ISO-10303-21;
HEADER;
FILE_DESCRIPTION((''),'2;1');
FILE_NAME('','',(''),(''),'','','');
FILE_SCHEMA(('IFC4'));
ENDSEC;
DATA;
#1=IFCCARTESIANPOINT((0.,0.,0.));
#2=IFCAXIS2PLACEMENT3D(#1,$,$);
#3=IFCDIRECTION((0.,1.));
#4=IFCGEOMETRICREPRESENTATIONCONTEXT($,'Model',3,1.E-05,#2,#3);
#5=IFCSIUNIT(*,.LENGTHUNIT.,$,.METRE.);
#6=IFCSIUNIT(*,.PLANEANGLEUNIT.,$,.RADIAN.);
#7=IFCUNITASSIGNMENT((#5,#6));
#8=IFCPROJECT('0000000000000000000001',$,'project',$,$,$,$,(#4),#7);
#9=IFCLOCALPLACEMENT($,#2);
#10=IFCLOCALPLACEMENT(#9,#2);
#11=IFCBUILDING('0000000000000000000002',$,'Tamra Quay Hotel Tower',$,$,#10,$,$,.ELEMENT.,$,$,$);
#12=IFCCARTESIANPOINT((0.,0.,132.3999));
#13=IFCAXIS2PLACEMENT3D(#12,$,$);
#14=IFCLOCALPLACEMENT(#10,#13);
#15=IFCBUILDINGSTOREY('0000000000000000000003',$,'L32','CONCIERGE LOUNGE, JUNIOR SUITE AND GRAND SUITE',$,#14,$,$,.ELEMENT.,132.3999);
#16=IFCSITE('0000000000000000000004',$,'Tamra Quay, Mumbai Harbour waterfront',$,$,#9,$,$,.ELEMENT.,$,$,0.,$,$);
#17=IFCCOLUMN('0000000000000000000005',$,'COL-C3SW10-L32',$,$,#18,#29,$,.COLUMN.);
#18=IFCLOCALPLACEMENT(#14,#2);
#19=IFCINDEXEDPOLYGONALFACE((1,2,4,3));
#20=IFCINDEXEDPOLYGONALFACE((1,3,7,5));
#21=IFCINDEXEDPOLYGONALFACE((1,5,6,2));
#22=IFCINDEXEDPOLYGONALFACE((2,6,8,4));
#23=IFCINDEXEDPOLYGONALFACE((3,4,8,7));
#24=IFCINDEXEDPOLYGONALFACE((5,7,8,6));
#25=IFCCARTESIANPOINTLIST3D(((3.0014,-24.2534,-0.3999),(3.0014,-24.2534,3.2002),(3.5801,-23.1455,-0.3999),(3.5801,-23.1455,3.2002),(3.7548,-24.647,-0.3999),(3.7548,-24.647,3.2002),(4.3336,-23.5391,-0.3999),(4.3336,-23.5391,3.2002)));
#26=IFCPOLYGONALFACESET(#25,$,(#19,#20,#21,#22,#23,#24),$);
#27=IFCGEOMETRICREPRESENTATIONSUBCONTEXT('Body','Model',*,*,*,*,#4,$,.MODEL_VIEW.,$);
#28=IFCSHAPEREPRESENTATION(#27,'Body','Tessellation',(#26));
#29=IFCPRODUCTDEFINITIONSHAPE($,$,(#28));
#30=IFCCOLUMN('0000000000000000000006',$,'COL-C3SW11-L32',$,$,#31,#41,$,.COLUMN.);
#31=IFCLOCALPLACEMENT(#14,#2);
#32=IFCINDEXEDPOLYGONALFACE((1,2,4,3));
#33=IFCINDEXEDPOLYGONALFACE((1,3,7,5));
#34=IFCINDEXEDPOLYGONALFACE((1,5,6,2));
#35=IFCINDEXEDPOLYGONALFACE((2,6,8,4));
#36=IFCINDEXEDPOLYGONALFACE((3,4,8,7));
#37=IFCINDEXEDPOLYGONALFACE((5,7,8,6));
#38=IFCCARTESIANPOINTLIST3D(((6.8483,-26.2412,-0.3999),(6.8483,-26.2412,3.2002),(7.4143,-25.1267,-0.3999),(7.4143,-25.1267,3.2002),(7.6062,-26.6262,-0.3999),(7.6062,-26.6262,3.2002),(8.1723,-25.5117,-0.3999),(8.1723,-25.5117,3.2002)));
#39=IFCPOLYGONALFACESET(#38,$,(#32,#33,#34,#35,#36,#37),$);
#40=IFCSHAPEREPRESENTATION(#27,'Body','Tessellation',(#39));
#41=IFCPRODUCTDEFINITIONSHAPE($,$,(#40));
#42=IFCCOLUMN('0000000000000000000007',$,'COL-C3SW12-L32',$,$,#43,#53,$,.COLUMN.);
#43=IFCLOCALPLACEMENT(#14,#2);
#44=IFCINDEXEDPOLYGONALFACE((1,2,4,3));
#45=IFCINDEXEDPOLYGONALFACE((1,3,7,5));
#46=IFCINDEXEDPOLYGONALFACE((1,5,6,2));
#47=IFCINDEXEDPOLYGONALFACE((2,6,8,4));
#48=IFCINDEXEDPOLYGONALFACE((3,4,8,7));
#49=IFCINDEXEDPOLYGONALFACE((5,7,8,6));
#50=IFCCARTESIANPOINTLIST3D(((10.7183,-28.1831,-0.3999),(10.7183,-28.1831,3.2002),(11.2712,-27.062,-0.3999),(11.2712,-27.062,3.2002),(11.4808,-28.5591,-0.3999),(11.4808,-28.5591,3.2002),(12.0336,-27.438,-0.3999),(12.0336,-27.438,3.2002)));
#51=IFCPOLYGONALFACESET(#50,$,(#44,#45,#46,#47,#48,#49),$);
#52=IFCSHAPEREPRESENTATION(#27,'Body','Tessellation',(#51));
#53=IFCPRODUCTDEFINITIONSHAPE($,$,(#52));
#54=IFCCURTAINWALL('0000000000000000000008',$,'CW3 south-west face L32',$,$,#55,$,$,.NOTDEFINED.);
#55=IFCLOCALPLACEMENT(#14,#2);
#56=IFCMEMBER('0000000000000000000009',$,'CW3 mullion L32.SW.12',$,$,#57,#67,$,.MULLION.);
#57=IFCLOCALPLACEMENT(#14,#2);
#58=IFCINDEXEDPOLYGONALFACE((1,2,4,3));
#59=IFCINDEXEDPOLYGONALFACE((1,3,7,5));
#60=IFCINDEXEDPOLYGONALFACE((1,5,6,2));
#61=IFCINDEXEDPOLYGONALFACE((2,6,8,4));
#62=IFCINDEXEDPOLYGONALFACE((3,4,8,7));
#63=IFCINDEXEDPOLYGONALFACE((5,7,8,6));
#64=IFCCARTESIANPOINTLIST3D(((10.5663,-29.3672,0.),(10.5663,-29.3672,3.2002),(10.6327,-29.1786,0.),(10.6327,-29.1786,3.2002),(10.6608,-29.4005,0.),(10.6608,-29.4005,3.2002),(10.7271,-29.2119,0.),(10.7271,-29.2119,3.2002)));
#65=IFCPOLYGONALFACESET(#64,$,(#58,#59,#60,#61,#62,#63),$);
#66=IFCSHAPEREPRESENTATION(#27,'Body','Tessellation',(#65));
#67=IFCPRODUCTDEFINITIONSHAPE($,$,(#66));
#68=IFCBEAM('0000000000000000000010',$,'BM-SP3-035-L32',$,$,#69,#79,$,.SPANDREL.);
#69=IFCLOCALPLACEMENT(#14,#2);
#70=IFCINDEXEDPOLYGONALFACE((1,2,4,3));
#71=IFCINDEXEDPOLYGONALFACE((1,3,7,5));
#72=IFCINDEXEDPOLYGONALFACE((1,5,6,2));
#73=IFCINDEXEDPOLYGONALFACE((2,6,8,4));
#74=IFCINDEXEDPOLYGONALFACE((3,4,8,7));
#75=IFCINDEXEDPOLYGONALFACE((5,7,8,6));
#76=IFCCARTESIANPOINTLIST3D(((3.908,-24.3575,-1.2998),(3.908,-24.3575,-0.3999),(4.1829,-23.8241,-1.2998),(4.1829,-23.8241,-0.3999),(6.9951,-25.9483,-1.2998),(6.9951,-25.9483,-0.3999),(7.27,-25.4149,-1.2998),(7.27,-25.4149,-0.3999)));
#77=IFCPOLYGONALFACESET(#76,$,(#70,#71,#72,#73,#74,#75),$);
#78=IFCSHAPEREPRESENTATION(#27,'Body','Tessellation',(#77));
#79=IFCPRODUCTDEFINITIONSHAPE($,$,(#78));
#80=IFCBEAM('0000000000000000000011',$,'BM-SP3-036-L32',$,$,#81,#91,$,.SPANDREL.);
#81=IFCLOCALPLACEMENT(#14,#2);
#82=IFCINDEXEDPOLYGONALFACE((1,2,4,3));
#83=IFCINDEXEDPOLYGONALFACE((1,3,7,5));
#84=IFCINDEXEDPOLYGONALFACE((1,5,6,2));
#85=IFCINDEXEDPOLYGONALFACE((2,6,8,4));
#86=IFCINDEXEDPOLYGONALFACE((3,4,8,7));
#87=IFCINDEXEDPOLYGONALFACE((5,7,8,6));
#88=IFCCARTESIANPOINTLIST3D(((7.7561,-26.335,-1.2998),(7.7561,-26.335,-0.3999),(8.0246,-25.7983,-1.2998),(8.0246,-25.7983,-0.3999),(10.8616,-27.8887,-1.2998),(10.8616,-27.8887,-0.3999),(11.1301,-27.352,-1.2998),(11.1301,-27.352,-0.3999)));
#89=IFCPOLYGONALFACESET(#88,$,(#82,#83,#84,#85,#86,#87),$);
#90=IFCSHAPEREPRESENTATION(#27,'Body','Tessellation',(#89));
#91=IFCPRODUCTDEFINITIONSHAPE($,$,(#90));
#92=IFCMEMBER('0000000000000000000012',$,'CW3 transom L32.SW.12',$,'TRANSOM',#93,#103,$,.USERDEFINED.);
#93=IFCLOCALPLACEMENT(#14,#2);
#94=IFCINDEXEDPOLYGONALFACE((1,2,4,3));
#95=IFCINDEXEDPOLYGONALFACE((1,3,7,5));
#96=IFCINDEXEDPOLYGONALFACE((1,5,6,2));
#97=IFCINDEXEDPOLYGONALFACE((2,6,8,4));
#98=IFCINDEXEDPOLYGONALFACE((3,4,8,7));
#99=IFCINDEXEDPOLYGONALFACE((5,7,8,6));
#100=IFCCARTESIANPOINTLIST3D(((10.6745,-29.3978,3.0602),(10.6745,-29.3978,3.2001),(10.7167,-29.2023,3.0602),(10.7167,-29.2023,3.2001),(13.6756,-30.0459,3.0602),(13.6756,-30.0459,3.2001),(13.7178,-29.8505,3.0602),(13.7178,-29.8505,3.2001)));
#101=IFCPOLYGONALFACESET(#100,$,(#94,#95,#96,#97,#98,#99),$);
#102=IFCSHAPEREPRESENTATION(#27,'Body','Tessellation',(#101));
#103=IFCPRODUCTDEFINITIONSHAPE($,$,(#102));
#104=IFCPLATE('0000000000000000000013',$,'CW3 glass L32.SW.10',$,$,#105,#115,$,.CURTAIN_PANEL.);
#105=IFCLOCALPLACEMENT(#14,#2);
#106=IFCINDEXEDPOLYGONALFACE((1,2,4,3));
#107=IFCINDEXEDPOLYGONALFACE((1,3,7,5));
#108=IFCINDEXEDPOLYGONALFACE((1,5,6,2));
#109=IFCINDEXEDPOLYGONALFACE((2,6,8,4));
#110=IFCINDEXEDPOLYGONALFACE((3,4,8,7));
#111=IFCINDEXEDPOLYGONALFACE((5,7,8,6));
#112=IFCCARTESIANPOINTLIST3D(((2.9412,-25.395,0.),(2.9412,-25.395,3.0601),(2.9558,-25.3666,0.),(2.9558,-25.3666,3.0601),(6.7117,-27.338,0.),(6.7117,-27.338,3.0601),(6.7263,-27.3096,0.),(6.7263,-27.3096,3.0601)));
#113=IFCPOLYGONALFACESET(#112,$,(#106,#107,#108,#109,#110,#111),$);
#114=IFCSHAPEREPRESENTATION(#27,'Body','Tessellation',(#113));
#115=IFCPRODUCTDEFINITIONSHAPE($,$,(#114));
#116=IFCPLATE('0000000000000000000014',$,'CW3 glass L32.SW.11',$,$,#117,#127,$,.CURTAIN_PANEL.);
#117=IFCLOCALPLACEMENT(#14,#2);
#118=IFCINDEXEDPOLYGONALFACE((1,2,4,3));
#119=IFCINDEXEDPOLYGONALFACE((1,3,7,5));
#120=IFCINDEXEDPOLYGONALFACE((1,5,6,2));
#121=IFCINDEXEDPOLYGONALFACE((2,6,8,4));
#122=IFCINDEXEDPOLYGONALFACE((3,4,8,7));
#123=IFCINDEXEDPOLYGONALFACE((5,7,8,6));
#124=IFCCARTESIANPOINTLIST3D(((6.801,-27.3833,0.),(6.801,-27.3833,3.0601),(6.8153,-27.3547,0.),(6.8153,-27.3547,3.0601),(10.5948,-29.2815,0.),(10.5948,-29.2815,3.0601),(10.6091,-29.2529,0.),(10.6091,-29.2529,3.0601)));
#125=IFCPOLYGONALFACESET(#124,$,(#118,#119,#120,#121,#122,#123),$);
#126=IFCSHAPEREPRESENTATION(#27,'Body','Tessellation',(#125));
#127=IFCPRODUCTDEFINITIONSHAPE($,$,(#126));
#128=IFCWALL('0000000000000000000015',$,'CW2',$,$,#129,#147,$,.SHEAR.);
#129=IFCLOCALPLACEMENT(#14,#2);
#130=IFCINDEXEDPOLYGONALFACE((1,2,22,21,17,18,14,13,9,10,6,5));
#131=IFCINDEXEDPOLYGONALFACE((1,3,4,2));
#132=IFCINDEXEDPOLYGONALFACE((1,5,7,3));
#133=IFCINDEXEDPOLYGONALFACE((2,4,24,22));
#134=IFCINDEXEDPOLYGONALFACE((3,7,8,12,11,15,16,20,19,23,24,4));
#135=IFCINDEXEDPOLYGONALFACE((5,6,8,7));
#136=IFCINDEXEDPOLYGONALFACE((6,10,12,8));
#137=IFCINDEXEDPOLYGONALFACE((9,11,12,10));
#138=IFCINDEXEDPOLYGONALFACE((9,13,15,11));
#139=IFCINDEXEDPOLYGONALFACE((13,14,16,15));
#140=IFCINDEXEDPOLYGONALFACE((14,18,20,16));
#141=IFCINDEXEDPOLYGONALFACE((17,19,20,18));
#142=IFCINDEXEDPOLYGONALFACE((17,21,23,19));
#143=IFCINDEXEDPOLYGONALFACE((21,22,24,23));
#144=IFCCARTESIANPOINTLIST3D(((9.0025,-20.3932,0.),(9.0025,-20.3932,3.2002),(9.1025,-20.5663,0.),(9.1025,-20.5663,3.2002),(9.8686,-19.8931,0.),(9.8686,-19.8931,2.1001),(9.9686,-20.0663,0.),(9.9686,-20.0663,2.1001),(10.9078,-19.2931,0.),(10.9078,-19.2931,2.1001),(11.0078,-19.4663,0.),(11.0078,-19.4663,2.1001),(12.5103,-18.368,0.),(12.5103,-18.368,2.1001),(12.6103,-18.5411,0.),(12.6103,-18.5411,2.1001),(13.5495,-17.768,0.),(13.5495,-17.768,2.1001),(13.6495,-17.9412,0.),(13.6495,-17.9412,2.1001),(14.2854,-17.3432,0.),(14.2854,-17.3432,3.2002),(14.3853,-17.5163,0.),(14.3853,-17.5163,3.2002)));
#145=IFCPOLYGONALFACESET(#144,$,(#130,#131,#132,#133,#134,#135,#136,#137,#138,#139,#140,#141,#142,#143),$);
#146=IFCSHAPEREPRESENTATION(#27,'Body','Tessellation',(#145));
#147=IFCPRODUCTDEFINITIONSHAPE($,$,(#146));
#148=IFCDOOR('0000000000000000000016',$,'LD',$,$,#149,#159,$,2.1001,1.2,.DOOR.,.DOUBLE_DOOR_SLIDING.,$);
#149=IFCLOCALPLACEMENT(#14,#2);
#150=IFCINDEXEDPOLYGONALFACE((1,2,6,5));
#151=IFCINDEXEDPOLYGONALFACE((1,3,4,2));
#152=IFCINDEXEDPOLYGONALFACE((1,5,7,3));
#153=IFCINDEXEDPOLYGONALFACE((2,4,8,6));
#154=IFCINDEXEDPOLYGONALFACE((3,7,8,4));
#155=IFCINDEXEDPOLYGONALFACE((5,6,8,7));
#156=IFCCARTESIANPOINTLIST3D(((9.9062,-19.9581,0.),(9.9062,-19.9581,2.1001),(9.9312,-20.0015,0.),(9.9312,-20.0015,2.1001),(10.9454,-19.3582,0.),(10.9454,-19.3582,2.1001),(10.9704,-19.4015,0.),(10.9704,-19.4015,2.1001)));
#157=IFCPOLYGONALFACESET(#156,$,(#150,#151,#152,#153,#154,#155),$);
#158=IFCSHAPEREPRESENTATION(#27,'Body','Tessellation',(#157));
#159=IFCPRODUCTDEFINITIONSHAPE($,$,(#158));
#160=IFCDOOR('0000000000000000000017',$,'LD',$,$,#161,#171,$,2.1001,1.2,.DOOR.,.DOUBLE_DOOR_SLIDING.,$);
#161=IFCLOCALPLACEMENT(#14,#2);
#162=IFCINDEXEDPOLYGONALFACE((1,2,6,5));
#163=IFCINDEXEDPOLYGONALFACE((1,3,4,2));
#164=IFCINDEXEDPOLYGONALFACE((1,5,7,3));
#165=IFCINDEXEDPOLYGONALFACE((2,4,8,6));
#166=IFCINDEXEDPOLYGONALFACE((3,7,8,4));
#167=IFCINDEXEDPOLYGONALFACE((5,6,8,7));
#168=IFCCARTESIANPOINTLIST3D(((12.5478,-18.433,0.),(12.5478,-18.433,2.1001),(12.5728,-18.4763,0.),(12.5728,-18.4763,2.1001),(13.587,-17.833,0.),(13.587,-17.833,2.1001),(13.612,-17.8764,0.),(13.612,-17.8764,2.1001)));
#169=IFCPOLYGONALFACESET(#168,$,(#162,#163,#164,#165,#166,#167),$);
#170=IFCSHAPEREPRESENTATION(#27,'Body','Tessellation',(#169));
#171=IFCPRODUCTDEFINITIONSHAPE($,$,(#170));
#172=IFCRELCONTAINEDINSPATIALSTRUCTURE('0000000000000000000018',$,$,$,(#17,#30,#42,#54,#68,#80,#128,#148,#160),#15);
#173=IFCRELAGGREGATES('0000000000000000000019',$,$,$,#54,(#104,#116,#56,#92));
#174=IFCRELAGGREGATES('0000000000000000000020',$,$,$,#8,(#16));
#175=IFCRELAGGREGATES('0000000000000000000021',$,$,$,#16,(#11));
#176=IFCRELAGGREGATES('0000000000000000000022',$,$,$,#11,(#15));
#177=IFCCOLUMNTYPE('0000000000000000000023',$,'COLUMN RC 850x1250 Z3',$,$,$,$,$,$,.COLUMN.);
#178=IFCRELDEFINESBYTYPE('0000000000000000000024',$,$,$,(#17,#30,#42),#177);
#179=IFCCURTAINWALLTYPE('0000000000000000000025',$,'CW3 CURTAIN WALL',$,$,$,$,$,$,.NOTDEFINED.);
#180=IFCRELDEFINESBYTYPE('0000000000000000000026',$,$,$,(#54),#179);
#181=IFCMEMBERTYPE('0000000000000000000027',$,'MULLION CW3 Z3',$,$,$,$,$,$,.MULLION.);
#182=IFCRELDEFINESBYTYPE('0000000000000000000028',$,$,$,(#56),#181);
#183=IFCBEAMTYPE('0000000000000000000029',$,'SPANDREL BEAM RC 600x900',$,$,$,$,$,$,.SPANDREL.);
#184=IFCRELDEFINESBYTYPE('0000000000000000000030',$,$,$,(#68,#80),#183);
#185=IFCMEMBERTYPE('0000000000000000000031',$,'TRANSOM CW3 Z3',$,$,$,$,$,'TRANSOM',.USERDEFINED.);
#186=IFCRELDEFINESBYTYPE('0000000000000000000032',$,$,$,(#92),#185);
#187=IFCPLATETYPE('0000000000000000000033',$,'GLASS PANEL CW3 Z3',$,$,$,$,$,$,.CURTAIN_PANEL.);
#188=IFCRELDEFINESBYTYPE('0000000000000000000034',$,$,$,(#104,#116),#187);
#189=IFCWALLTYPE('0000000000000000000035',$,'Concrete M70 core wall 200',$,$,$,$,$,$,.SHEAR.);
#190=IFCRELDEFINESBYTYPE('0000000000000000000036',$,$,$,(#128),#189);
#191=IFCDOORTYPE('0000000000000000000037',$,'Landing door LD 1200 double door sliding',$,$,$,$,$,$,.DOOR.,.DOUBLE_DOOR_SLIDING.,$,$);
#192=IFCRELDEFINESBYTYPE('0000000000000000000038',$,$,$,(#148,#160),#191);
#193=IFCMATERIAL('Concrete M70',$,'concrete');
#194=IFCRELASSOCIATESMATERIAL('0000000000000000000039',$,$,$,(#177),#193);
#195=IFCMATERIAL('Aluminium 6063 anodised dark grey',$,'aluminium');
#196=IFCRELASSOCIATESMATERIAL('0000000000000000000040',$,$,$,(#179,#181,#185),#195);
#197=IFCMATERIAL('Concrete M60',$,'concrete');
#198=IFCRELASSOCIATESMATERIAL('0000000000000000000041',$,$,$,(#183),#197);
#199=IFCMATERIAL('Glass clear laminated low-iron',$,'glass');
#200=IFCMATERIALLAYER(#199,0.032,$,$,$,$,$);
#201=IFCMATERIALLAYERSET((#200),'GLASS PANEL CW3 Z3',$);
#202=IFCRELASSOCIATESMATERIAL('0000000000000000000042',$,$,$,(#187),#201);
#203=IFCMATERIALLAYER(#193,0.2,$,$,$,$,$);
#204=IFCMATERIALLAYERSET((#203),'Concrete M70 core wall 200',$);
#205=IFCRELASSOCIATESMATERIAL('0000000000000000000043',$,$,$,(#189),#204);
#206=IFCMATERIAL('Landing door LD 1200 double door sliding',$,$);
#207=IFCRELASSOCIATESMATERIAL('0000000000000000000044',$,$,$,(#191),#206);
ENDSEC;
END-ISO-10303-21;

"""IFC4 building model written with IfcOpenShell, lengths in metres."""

from ifc_helpers import new_model, si_unit, direction, frame, frame_2d, origin, origin_2d, place, context, subcontext, project, spatial, rectangle, extrude, material, layer, layer_set, material_profile, profile_set, type_object, element, fill, aggregate, save


model = new_model("IFC4")

# Units and contexts
model_context = context("Model", 3, precision=1e-05, world=origin(), true_north=direction((0.0, 1.0)))
body_context = subcontext(model_context, "Body", "Model", "MODEL_VIEW")
ifc_project = project(units=[si_unit("LENGTHUNIT", "METRE"), si_unit("PLANEANGLEUNIT", "RADIAN")], contexts=[model_context])

# Site, building, storey
site_placement = place(None, origin())
site = spatial("IfcSite", under=ifc_project, at=site_placement, Name="Tamra Quay, Mumbai Harbour waterfront", CompositionType="ELEMENT", RefElevation=0.0)
building_placement = place(site_placement, origin())
building = spatial("IfcBuilding", under=site, at=building_placement, Name="Tamra Quay Hotel Tower", CompositionType="ELEMENT")
storey_placement = place(building_placement, frame((0.0, 0.0, 132.3999)))
storey = spatial("IfcBuildingStorey", under=building, at=storey_placement, Name="L32", Description="CONCIERGE LOUNGE, JUNIOR SUITE AND GRAND SUITE", CompositionType="ELEMENT", Elevation=132.3999)

# Columns
ifc_material_1 = material(Name="Concrete M70", Category="concrete")
ifc_material_profile_1 = material_profile(ifc_material_1, rectangle(XDim=1.25, YDim=0.8501, at=origin_2d()), Name="COLUMN RC 850x1250 Z3")
ifc_profile_set_1 = profile_set([ifc_material_profile_1], Name="Concrete M70")
column_type = type_object("IfcColumnType", Name="COLUMN RC 850x1250 Z3", PredefinedType="COLUMN", material=ifc_profile_set_1)
for number, where, z_axis, x_axis, name in (
    (1, (3.6675, -23.8962, -0.3999), (0.0, 0.0, 1.0), (0.463007, 0.886355, 0.0), "COL-C3SW10-L32"),
    (2, (7.5103, -25.8765, -0.3999), (0.0, 0.0, 1.0), (0.45286, 0.891582, 0.0), "COL-C3SW11-L32"),
    (3, (11.376, -27.8105, -0.3999), (0.0, 0.0, 1.0), (0.442275, 0.89688, 0.0), "COL-C3SW12-L32"),
):
    element("IfcColumn", number, at=place(storey_placement, frame(where, z_axis=z_axis, x_axis=x_axis)), inside=storey, type_object=column_type, Name=name, PredefinedType="COLUMN", context=body_context, shape_type="SweptSolid", body=[
        extrude(rectangle(XDim=1.25, YDim=0.8501, at=origin_2d()), origin(), (0.0, 0.0, 1.0), 3.6001),
    ])

# Curtain wall, member
ifc_material_2 = material(Name="Aluminium 6063 anodised dark grey", Category="aluminium")
curtain_wall_type = type_object("IfcCurtainWallType", Name="CW3 CURTAIN WALL", PredefinedType="NOTDEFINED", material=ifc_material_2)
curtain_wall_placement = place(storey_placement, origin())
curtain_wall = element("IfcCurtainWall", 4, at=curtain_wall_placement, inside=storey, type_object=curtain_wall_type, Name="CW3 south-west face L32", PredefinedType="NOTDEFINED")
ifc_material_profile_2 = material_profile(ifc_material_2, rectangle(XDim=0.2, YDim=0.1001, at=origin_2d()), Name="MULLION 100X200")
ifc_profile_set_2 = profile_set([ifc_material_profile_2], Name="Aluminium 6063 anodised dark grey")
member_type_1 = type_object("IfcMemberType", Name="MULLION CW3 Z3", PredefinedType="MULLION", material=ifc_profile_set_2)
member_1_placement = place(storey_placement, frame((10.6467, -29.2896, 0.0), z_axis=(0.0, 0.0, 1.0), x_axis=(-0.331894, -0.943317, 0.0)))
member_1 = element("IfcMember", 5, at=member_1_placement, type_object=member_type_1, Name="CW3 mullion L32.SW.12", PredefinedType="MULLION", context=body_context, shape_type="SweptSolid", body=[
    extrude(rectangle(XDim=0.2, YDim=0.1001, at=origin_2d()), origin(), (0.0, 0.0, 1.0), 3.2002),
])

# Beams
ifc_material_3 = material(Name="Concrete M60", Category="concrete")
ifc_material_profile_3 = material_profile(ifc_material_3, rectangle(XDim=0.6001, YDim=0.8999, at=origin_2d()), Name="SPANDREL BEAM RC 600x900")
ifc_profile_set_3 = profile_set([ifc_material_profile_3], Name="Concrete M60")
beam_type = type_object("IfcBeamType", Name="SPANDREL BEAM RC 600x900", PredefinedType="SPANDREL", material=ifc_profile_set_3)
beam_1_placement = place(storey_placement, frame((4.0454, -24.0908, -0.8499), z_axis=(0.88892, -0.458063, 0.0), x_axis=(0.458063, 0.88892, 0.0)))
element("IfcBeam", 6, at=beam_1_placement, inside=storey, type_object=beam_type, Name="BM-SP3-035-L32", PredefinedType="SPANDREL", context=body_context, shape_type="SweptSolid", body=[
    extrude(rectangle(XDim=0.6001, YDim=0.8999, at=origin_2d()), origin(), (0.0, 0.0, 1.0), 3.4729),
])
beam_2_placement = place(storey_placement, frame((7.8904, -26.0667, -0.8499), z_axis=(0.894315, -0.447439, 0.0), x_axis=(0.447439, 0.894315, 0.0)))
element("IfcBeam", 7, at=beam_2_placement, inside=storey, type_object=beam_type, Name="BM-SP3-036-L32", PredefinedType="SPANDREL", context=body_context, shape_type="SweptSolid", body=[
    extrude(rectangle(XDim=0.6001, YDim=0.8999, at=origin_2d()), origin(), (0.0, 0.0, 1.0), 3.4724),
])

# Member
ifc_material_profile_4 = material_profile(ifc_material_2, rectangle(XDim=0.2, YDim=0.1399, at=origin_2d()), Name="TRANSOM 200X140")
ifc_profile_set_4 = profile_set([ifc_material_profile_4], Name="Aluminium 6063 anodised dark grey")
member_type_2 = type_object("IfcMemberType", Name="TRANSOM CW3 Z3", ElementType="TRANSOM", PredefinedType="USERDEFINED", material=ifc_profile_set_4)
member_2_placement = place(storey_placement, frame((10.6956, -29.3, 3.1301), z_axis=(0.977463, -0.211109, 0.0), x_axis=(0.211109, 0.977463, 0.0)))
member_2 = element("IfcMember", 8, at=member_2_placement, type_object=member_type_2, Name="CW3 transom L32.SW.12", ObjectType="TRANSOM", PredefinedType="USERDEFINED", context=body_context, shape_type="SweptSolid", body=[
    extrude(rectangle(XDim=0.2, YDim=0.1399, at=origin_2d()), origin(), (0.0, 0.0, 1.0), 3.0703),
])

# Plates
ifc_material_4 = material(Name="Glass clear laminated low-iron", Category="glass")
ifc_layer_1 = layer(ifc_material_4, 0.032)
ifc_layer_set_1 = layer_set([ifc_layer_1], Name="GLASS PANEL CW3 Z3")
plate_type = type_object("IfcPlateType", Name="GLASS PANEL CW3 Z3", PredefinedType="CURTAIN_PANEL", material=ifc_layer_set_1)
plate_1_placement = place(storey_placement, frame((4.8337, -26.3523, 0.0), z_axis=(0.0, 0.0, 1.0), x_axis=(0.888911, -0.45808, 0.0)))
plate_1 = element("IfcPlate", 9, at=plate_1_placement, type_object=plate_type, Name="CW3 glass L32.SW.10", PredefinedType="CURTAIN_PANEL", context=body_context, shape_type="SweptSolid", body=[
    extrude(rectangle(XDim=4.2417, YDim=0.032, at=origin_2d()), origin(), (0.0, 0.0, 1.0), 3.0601),
])
plate_2_placement = place(storey_placement, frame((8.7051, -28.3181, 0.0), z_axis=(0.0, 0.0, 1.0), x_axis=(0.894305, -0.447459, 0.0)))
plate_2 = element("IfcPlate", 10, at=plate_2_placement, type_object=plate_type, Name="CW3 glass L32.SW.11", PredefinedType="CURTAIN_PANEL", context=body_context, shape_type="SweptSolid", body=[
    extrude(rectangle(XDim=4.2422, YDim=0.032, at=origin_2d()), origin(), (0.0, 0.0, 1.0), 3.0601),
])
aggregate(curtain_wall, [plate_1, plate_2, member_1, member_2])

# Wall, openings, doors
ifc_layer_2 = layer(ifc_material_1, 0.2)
ifc_layer_set_2 = layer_set([ifc_layer_2], Name="Concrete M70 core wall 200")
wall_type_1 = type_object("IfcWallType", Name="Concrete M70 core wall 200", PredefinedType="SHEAR", material=ifc_layer_set_2)
wall_1_placement = place(storey_placement, frame((9.0525, -20.4797, 0.0), z_axis=(0.0, 0.0, 1.0), x_axis=(0.86603, 0.499992, 0.0)))
wall_1 = element("IfcWall", 11, at=wall_1_placement, inside=storey, type_object=wall_type_1, Name="CW2", PredefinedType="SHEAR", context=body_context, shape_type="SweptSolid", body=[
    extrude(rectangle(XDim=6.1001, YDim=0.2, at=frame_2d((3.05, 0.0))), origin(), (0.0, 0.0, 1.0), 3.2002),
])
opening_1_placement = place(wall_1_placement, frame((1.0, 0.0, 0.0)))
opening_1 = element("IfcOpeningElement", 12, at=opening_1_placement, cuts=wall_1, PredefinedType="OPENING", context=body_context, shape_type="SweptSolid", body=[
    extrude(rectangle(XDim=1.2, YDim=2.1001, at=frame_2d((0.6001, 1.05))), frame((0.0, 0.1099, 0.0), z_axis=(0.0, -1.0, 0.0), x_axis=(1.0, 0.0, 0.0)), (0.0, 0.0, 1.0), 0.22),
])
opening_2_placement = place(wall_1_placement, frame((4.0503, 0.0, 0.0)))
opening_2 = element("IfcOpeningElement", 13, at=opening_2_placement, cuts=wall_1, PredefinedType="OPENING", context=body_context, shape_type="SweptSolid", body=[
    extrude(rectangle(XDim=1.2, YDim=2.1001, at=frame_2d((0.6001, 1.05))), frame((0.0, 0.1099, 0.0), z_axis=(0.0, -1.0, 0.0), x_axis=(1.0, 0.0, 0.0)), (0.0, 0.0, 1.0), 0.22),
])
ifc_material_5 = material(Name="Landing door LD 1200 double door sliding")
door_type_1 = type_object("IfcDoorType", Name="Landing door LD 1200 double door sliding", OperationType="DOUBLE_DOOR_SLIDING", PredefinedType="DOOR", material=ifc_material_5)
door_1_placement = place(opening_1_placement, origin())
door_1 = element("IfcDoor", 14, at=door_1_placement, inside=storey, type_object=door_type_1, Name="LD", OperationType="DOUBLE_DOOR_SLIDING", OverallHeight=2.1001, OverallWidth=1.2, PredefinedType="DOOR", context=body_context, shape_type="SweptSolid", body=[
    extrude(rectangle(XDim=1.2, YDim=2.1001, at=frame_2d((0.6001, 1.05))), frame((0.0, 0.0249, 0.0), z_axis=(0.0, -1.0, 0.0), x_axis=(1.0, 0.0, 0.0)), (0.0, 0.0, 1.0), 0.05),
])
fill(opening_1, door_1)
door_2_placement = place(opening_2_placement, origin())
door_2 = element("IfcDoor", 15, at=door_2_placement, inside=storey, type_object=door_type_1, Name="LD", OperationType="DOUBLE_DOOR_SLIDING", OverallHeight=2.1001, OverallWidth=1.2, PredefinedType="DOOR", context=body_context, shape_type="SweptSolid", body=[
    extrude(rectangle(XDim=1.2, YDim=2.1001, at=frame_2d((0.6001, 1.05))), frame((0.0, 0.0249, 0.0), z_axis=(0.0, -1.0, 0.0), x_axis=(1.0, 0.0, 0.0)), (0.0, 0.0, 1.0), 0.05),
])
fill(opening_2, door_2)

save(model, "model.ifc")
